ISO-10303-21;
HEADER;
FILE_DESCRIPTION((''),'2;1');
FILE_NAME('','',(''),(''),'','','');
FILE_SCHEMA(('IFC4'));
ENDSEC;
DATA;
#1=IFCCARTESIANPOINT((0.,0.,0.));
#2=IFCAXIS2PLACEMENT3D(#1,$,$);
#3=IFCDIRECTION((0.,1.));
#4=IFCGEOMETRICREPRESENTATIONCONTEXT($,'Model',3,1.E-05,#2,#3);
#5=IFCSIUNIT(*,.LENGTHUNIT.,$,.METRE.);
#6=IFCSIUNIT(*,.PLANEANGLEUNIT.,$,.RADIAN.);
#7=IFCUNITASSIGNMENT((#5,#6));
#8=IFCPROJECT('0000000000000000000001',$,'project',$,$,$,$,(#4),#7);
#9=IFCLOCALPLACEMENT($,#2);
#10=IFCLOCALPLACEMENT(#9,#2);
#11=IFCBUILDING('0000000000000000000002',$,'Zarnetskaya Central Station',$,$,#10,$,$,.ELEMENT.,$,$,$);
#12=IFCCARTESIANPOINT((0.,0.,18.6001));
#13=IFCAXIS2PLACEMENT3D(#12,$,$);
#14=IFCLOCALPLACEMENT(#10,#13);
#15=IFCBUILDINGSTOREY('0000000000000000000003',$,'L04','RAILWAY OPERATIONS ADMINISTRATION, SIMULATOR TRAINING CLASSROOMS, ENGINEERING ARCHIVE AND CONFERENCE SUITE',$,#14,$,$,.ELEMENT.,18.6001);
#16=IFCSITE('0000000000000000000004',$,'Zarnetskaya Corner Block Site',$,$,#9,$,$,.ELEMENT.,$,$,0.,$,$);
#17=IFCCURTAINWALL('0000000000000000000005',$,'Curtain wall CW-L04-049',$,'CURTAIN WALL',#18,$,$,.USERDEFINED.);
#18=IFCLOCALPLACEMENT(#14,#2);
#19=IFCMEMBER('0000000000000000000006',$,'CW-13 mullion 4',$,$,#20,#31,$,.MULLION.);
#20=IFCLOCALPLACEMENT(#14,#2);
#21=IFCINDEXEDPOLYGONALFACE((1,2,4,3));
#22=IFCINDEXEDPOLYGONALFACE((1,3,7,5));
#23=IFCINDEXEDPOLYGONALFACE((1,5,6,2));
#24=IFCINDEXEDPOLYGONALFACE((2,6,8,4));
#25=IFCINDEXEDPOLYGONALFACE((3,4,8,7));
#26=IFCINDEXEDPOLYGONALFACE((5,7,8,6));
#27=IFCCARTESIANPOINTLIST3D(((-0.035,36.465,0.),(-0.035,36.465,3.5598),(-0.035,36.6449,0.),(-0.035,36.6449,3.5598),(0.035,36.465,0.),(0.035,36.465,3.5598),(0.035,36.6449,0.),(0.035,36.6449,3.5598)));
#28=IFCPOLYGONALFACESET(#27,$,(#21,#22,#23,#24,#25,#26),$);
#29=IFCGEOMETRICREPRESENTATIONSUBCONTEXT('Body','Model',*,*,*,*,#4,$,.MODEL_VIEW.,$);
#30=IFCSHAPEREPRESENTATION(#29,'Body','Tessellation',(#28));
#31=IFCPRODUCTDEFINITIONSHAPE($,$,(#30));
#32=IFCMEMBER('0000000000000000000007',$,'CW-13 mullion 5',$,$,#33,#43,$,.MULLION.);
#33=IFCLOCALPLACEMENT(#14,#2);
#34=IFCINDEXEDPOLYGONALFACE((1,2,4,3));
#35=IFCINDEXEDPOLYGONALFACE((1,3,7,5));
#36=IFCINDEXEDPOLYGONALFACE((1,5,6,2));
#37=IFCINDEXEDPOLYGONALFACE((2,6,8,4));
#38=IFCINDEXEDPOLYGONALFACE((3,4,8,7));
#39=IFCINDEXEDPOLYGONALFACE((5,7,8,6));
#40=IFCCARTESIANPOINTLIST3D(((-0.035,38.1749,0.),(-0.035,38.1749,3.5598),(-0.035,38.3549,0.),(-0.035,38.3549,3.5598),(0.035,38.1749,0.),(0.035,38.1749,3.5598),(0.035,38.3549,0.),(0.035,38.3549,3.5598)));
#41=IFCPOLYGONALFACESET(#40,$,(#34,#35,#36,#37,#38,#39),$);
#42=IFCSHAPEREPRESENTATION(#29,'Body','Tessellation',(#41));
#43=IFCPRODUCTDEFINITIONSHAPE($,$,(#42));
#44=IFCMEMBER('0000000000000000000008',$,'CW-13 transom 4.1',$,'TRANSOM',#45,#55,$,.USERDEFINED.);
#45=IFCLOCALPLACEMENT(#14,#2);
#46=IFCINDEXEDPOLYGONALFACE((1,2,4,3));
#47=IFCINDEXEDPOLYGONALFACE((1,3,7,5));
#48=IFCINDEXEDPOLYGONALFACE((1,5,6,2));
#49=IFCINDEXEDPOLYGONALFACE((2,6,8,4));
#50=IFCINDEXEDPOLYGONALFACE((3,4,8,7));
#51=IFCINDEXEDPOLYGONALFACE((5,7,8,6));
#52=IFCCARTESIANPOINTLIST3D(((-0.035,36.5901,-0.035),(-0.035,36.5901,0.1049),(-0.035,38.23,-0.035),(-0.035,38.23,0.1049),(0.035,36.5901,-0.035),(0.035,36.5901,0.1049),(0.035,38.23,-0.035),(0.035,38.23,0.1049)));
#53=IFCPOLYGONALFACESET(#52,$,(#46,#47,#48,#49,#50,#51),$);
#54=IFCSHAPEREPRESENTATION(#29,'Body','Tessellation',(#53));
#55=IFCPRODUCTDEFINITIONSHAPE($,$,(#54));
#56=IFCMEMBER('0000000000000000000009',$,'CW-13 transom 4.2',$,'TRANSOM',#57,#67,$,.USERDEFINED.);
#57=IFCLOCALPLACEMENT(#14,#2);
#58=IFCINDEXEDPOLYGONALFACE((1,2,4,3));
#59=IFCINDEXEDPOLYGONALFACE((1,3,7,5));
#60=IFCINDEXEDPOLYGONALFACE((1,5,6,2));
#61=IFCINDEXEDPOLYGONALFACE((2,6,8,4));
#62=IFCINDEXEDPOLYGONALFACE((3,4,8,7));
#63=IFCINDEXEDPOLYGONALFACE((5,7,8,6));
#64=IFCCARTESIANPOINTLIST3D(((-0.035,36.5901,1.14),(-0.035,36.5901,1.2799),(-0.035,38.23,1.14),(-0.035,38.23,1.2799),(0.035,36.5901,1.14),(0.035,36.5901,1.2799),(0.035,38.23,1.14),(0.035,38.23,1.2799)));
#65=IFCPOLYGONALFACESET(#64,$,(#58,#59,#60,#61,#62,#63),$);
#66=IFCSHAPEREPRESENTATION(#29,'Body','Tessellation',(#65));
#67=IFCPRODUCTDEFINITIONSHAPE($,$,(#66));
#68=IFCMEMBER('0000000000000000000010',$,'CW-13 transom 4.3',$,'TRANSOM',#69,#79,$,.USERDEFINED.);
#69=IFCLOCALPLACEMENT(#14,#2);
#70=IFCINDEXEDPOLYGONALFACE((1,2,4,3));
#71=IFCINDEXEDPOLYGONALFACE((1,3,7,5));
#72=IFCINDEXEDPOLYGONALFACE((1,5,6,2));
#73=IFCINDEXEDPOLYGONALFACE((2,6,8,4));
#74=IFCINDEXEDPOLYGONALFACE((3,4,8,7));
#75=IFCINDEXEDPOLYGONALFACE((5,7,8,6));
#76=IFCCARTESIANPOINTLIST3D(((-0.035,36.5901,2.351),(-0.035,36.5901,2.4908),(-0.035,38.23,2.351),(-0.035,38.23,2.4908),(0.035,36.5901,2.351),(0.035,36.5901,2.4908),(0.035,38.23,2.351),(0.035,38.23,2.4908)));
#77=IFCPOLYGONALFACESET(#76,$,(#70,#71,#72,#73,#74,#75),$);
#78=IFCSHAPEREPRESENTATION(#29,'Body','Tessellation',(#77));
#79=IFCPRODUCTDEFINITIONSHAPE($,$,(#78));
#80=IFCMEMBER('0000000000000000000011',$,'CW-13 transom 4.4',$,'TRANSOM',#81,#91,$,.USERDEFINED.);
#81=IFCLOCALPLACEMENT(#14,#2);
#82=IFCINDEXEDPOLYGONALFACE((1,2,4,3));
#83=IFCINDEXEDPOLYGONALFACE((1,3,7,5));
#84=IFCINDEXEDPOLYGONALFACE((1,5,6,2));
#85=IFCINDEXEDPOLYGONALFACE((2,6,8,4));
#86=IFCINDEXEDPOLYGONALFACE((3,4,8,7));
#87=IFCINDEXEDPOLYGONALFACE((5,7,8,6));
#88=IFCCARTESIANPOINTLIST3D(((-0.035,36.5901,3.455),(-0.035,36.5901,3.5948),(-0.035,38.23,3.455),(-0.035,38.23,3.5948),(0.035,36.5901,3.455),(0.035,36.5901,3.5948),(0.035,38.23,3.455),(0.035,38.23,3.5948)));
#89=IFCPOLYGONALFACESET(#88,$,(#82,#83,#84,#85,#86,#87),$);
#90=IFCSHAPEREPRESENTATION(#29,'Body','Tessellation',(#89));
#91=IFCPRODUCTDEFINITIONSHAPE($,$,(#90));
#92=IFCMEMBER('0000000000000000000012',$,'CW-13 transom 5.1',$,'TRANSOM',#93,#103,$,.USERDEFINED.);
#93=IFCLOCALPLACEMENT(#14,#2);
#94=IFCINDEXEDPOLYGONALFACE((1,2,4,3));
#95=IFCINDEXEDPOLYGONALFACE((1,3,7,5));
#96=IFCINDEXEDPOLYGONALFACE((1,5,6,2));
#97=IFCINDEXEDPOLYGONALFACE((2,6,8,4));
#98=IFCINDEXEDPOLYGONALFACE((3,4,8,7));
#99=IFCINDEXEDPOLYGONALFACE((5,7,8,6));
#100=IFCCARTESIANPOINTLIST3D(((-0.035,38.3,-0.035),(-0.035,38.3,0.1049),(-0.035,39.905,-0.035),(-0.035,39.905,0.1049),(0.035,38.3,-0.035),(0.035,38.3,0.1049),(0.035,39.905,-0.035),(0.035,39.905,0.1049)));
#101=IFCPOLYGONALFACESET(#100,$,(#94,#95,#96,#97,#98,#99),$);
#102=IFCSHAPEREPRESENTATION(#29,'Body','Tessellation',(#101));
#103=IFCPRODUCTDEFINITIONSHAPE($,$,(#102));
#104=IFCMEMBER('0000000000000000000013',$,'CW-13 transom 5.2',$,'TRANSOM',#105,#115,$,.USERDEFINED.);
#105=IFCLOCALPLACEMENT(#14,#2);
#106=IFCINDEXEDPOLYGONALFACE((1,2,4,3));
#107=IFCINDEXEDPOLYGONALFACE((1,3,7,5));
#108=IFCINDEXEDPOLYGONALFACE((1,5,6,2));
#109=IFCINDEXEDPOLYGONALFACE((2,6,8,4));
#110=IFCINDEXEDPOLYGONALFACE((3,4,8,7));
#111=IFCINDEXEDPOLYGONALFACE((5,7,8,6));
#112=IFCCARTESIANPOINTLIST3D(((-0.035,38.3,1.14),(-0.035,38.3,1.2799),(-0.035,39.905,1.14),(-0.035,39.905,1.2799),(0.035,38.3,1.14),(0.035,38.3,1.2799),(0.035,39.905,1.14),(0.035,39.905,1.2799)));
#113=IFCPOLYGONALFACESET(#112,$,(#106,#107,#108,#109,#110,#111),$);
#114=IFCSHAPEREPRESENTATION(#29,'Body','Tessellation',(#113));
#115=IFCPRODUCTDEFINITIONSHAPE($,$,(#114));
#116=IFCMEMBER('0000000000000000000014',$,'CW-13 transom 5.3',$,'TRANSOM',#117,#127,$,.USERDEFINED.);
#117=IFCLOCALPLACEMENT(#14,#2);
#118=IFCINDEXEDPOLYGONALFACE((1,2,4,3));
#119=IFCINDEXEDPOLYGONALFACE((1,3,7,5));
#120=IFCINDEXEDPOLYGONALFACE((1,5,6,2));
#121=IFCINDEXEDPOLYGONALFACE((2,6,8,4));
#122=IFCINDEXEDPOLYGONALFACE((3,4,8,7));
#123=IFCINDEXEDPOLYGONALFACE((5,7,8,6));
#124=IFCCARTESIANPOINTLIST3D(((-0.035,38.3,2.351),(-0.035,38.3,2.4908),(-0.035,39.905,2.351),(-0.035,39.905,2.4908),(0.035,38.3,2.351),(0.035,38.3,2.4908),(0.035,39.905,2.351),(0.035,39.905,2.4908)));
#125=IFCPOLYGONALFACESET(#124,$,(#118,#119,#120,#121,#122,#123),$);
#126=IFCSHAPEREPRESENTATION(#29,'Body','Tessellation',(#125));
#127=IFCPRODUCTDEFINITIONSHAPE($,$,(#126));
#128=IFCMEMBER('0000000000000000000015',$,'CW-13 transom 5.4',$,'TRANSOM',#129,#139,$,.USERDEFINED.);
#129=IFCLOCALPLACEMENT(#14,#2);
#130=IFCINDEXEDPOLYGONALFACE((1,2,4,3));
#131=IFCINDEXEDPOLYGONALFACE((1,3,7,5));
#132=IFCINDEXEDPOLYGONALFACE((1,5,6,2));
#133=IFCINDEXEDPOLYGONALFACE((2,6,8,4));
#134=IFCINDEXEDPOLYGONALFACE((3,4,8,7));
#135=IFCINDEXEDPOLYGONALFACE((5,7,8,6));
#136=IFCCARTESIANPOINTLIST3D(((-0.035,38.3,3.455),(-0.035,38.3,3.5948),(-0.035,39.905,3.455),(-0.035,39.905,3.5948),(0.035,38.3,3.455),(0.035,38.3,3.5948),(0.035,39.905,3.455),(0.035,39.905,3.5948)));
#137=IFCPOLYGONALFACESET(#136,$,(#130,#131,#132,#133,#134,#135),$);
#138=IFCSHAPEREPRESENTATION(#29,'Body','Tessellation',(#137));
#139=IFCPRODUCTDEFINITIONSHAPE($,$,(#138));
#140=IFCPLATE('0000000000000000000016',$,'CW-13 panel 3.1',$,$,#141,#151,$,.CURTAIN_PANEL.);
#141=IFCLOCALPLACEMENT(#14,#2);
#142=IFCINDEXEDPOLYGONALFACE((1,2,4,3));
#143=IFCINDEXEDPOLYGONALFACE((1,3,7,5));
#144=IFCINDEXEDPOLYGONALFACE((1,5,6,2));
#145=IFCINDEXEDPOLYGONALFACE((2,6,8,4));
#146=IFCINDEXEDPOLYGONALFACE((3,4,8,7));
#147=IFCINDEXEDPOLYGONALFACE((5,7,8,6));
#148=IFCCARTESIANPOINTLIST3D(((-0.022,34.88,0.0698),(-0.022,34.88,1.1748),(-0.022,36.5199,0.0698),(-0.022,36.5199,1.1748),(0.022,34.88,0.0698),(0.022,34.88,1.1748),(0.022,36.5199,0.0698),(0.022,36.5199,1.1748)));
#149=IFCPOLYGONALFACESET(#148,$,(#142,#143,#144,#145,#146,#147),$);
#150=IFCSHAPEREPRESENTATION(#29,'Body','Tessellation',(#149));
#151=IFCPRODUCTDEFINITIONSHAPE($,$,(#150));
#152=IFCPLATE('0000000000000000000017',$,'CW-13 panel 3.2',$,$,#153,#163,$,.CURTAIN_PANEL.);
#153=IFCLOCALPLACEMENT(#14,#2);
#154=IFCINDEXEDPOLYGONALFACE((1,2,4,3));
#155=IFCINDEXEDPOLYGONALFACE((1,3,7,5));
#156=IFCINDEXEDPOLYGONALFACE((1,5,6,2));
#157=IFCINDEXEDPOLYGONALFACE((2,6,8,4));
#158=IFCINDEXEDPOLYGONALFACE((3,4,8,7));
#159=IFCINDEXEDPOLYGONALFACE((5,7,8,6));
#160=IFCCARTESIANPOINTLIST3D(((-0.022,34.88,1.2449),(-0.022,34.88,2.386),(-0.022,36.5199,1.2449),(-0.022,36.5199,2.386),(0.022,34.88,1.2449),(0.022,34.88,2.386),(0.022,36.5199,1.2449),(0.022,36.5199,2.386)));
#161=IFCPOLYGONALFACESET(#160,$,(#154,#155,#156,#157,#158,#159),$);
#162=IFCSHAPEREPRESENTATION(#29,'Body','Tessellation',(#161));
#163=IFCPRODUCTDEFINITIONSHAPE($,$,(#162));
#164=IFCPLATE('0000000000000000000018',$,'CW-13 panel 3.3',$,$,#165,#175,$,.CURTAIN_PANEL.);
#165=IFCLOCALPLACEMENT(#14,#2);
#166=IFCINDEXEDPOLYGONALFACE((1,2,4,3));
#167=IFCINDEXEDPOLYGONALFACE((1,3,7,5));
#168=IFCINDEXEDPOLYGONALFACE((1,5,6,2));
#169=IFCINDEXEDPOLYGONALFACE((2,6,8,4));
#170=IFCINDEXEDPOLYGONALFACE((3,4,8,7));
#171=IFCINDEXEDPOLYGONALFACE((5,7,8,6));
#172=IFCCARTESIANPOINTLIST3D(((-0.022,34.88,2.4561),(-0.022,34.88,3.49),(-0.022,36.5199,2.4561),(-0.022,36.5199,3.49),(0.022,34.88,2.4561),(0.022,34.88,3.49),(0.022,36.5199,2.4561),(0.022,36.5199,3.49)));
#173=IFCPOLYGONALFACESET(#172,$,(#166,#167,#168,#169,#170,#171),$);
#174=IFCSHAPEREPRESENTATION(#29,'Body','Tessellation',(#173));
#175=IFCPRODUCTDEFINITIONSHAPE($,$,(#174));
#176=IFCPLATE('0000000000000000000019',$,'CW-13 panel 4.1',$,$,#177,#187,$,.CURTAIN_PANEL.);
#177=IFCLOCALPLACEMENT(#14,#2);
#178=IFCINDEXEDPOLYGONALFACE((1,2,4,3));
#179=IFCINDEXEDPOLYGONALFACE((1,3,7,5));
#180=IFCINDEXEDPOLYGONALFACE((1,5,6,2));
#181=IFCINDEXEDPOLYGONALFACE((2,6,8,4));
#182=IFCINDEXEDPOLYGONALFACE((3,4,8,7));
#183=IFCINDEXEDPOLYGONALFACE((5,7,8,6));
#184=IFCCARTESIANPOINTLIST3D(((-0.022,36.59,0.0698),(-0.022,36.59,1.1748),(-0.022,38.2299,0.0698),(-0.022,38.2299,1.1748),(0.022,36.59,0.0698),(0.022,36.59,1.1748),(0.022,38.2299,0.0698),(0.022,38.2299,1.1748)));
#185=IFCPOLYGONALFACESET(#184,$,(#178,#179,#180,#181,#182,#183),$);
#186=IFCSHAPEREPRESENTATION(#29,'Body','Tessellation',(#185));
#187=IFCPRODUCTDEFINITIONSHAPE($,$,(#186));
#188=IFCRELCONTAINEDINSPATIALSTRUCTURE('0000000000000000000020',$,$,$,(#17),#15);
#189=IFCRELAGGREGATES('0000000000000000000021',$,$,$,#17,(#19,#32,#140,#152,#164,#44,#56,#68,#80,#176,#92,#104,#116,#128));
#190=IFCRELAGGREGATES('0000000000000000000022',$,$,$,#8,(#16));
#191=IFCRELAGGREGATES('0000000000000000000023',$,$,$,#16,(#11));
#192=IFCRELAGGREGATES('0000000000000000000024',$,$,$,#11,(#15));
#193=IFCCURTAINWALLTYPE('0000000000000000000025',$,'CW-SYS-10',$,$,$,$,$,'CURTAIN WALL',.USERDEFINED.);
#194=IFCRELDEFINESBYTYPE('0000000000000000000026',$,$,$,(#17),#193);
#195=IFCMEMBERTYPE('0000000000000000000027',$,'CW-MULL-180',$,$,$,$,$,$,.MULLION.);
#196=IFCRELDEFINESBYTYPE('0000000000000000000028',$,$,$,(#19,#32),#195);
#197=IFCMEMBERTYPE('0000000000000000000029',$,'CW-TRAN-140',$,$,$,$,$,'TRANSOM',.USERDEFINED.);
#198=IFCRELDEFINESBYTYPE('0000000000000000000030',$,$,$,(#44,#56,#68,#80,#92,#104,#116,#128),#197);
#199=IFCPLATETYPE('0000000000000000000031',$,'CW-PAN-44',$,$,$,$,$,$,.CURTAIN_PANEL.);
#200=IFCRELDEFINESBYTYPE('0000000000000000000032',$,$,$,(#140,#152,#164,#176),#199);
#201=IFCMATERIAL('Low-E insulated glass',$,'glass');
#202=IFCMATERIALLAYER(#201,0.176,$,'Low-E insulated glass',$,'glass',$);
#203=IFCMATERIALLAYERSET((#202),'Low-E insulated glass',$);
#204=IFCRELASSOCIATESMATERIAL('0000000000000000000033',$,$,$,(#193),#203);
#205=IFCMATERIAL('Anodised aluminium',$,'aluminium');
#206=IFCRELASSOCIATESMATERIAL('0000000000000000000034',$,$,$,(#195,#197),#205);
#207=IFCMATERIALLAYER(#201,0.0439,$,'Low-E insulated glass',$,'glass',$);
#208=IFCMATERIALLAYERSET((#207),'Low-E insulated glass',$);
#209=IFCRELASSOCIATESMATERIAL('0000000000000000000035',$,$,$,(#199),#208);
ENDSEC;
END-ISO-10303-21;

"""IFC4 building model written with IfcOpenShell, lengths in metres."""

from ifc_helpers import new_model, si_unit, direction, frame, origin, origin_2d, place, context, subcontext, project, spatial, rectangle, extrude, material, layer, layer_set, material_profile, profile_set, type_object, element, aggregate, save


model = new_model("IFC4")

# Units and contexts
model_context = context("Model", 3, precision=1e-05, world=origin(), true_north=direction((0.0, 1.0)))
body_context = subcontext(model_context, "Body", "Model", "MODEL_VIEW")
ifc_project = project(units=[si_unit("LENGTHUNIT", "METRE"), si_unit("PLANEANGLEUNIT", "RADIAN")], contexts=[model_context])

# Site, building, storey
site_placement = place(None, origin())
site = spatial("IfcSite", under=ifc_project, at=site_placement, Name="Zarnetskaya Corner Block Site", CompositionType="ELEMENT", RefElevation=0.0)
building_placement = place(site_placement, origin())
building = spatial("IfcBuilding", under=site, at=building_placement, Name="Zarnetskaya Central Station", CompositionType="ELEMENT")
storey_placement = place(building_placement, frame((0.0, 0.0, 18.6001)))
storey = spatial("IfcBuildingStorey", under=building, at=storey_placement, Name="L04", Description="RAILWAY OPERATIONS ADMINISTRATION, SIMULATOR TRAINING CLASSROOMS, ENGINEERING ARCHIVE AND CONFERENCE SUITE", CompositionType="ELEMENT", Elevation=18.6001)

# Curtain wall, members, plates
ifc_material_1 = material(Name="Low-E insulated glass", Category="glass")
ifc_layer_1 = layer(ifc_material_1, 0.176, Name="Low-E insulated glass", Category="glass")
ifc_layer_set_1 = layer_set([ifc_layer_1], Name="Low-E insulated glass")
curtain_wall_type = type_object("IfcCurtainWallType", Name="CW-SYS-10", ElementType="CURTAIN WALL", PredefinedType="USERDEFINED", material=ifc_layer_set_1)
curtain_wall_placement = place(storey_placement, origin())
curtain_wall = element("IfcCurtainWall", 1, at=curtain_wall_placement, inside=storey, type_object=curtain_wall_type, Name="Curtain wall CW-L04-049", ObjectType="CURTAIN WALL", PredefinedType="USERDEFINED")
ifc_material_2 = material(Name="Anodised aluminium", Category="aluminium")
ifc_material_profile_1 = material_profile(ifc_material_2, rectangle(XDim=0.0701, YDim=0.1799, at=origin_2d()), Name="ALU MULL 70x180")
ifc_profile_set_1 = profile_set([ifc_material_profile_1], Name="Anodised aluminium")
member_type_1 = type_object("IfcMemberType", Name="CW-MULL-180", PredefinedType="MULLION", material=ifc_profile_set_1)
member_1_placement = place(storey_placement, frame((0.0, 36.5549, 0.0), z_axis=(0.0, 0.0, 1.0), x_axis=(-1.0, 0.0, 0.0)))
member_1 = element("IfcMember", 2, at=member_1_placement, type_object=member_type_1, Name="CW-13 mullion 4", PredefinedType="MULLION", context=body_context, shape_type="SweptSolid", body=[
    extrude(rectangle(XDim=0.0701, YDim=0.1799, at=origin_2d()), origin(), (0.0, 0.0, 1.0), 3.5598),
])
member_2_placement = place(storey_placement, frame((0.0, 38.2649, 0.0), z_axis=(0.0, 0.0, 1.0), x_axis=(-1.0, 0.0, 0.0)))
member_2 = element("IfcMember", 3, at=member_2_placement, type_object=member_type_1, Name="CW-13 mullion 5", PredefinedType="MULLION", context=body_context, shape_type="SweptSolid", body=[
    extrude(rectangle(XDim=0.0701, YDim=0.1799, at=origin_2d()), origin(), (0.0, 0.0, 1.0), 3.5598),
])
ifc_material_profile_2 = material_profile(ifc_material_2, rectangle(XDim=0.0701, YDim=0.1399, at=origin_2d()), Name="ALU TRAN 70x140")
ifc_profile_set_2 = profile_set([ifc_material_profile_2], Name="Anodised aluminium")
member_type_2 = type_object("IfcMemberType", Name="CW-TRAN-140", ElementType="TRANSOM", PredefinedType="USERDEFINED", material=ifc_profile_set_2)
member_3_placement = place(storey_placement, frame((0.0, 36.5901, 0.0349), z_axis=(0.0, 1.0, 0.0), x_axis=(-1.0, 0.0, 0.0)))
member_3 = element("IfcMember", 4, at=member_3_placement, type_object=member_type_2, Name="CW-13 transom 4.1", ObjectType="TRANSOM", PredefinedType="USERDEFINED", context=body_context, shape_type="SweptSolid", body=[
    extrude(rectangle(XDim=0.0701, YDim=0.1399, at=origin_2d()), origin(), (0.0, 0.0, 1.0), 1.6399),
])
member_4_placement = place(storey_placement, frame((0.0, 36.5901, 1.21), z_axis=(0.0, 1.0, 0.0), x_axis=(-1.0, 0.0, 0.0)))
member_4 = element("IfcMember", 5, at=member_4_placement, type_object=member_type_2, Name="CW-13 transom 4.2", ObjectType="TRANSOM", PredefinedType="USERDEFINED", context=body_context, shape_type="SweptSolid", body=[
    extrude(rectangle(XDim=0.0701, YDim=0.1399, at=origin_2d()), origin(), (0.0, 0.0, 1.0), 1.6399),
])
member_5_placement = place(storey_placement, frame((0.0, 36.5901, 2.4209), z_axis=(0.0, 1.0, 0.0), x_axis=(-1.0, 0.0, 0.0)))
member_5 = element("IfcMember", 6, at=member_5_placement, type_object=member_type_2, Name="CW-13 transom 4.3", ObjectType="TRANSOM", PredefinedType="USERDEFINED", context=body_context, shape_type="SweptSolid", body=[
    extrude(rectangle(XDim=0.0701, YDim=0.1399, at=origin_2d()), origin(), (0.0, 0.0, 1.0), 1.6399),
])
member_6_placement = place(storey_placement, frame((0.0, 36.5901, 3.5249), z_axis=(0.0, 1.0, 0.0), x_axis=(-1.0, 0.0, 0.0)))
member_6 = element("IfcMember", 7, at=member_6_placement, type_object=member_type_2, Name="CW-13 transom 4.4", ObjectType="TRANSOM", PredefinedType="USERDEFINED", context=body_context, shape_type="SweptSolid", body=[
    extrude(rectangle(XDim=0.0701, YDim=0.1399, at=origin_2d()), origin(), (0.0, 0.0, 1.0), 1.6399),
])
member_7_placement = place(storey_placement, frame((0.0, 38.3, 0.0349), z_axis=(0.0, 1.0, 0.0), x_axis=(-1.0, 0.0, 0.0)))
member_7 = element("IfcMember", 8, at=member_7_placement, type_object=member_type_2, Name="CW-13 transom 5.1", ObjectType="TRANSOM", PredefinedType="USERDEFINED", context=body_context, shape_type="SweptSolid", body=[
    extrude(rectangle(XDim=0.0701, YDim=0.1399, at=origin_2d()), origin(), (0.0, 0.0, 1.0), 1.605),
])
member_8_placement = place(storey_placement, frame((0.0, 38.3, 1.21), z_axis=(0.0, 1.0, 0.0), x_axis=(-1.0, 0.0, 0.0)))
member_8 = element("IfcMember", 9, at=member_8_placement, type_object=member_type_2, Name="CW-13 transom 5.2", ObjectType="TRANSOM", PredefinedType="USERDEFINED", context=body_context, shape_type="SweptSolid", body=[
    extrude(rectangle(XDim=0.0701, YDim=0.1399, at=origin_2d()), origin(), (0.0, 0.0, 1.0), 1.605),
])
member_9_placement = place(storey_placement, frame((0.0, 38.3, 2.4209), z_axis=(0.0, 1.0, 0.0), x_axis=(-1.0, 0.0, 0.0)))
member_9 = element("IfcMember", 10, at=member_9_placement, type_object=member_type_2, Name="CW-13 transom 5.3", ObjectType="TRANSOM", PredefinedType="USERDEFINED", context=body_context, shape_type="SweptSolid", body=[
    extrude(rectangle(XDim=0.0701, YDim=0.1399, at=origin_2d()), origin(), (0.0, 0.0, 1.0), 1.605),
])
member_10_placement = place(storey_placement, frame((0.0, 38.3, 3.5249), z_axis=(0.0, 1.0, 0.0), x_axis=(-1.0, 0.0, 0.0)))
member_10 = element("IfcMember", 11, at=member_10_placement, type_object=member_type_2, Name="CW-13 transom 5.4", ObjectType="TRANSOM", PredefinedType="USERDEFINED", context=body_context, shape_type="SweptSolid", body=[
    extrude(rectangle(XDim=0.0701, YDim=0.1399, at=origin_2d()), origin(), (0.0, 0.0, 1.0), 1.605),
])
ifc_layer_2 = layer(ifc_material_1, 0.0439, Name="Low-E insulated glass", Category="glass")
ifc_layer_set_2 = layer_set([ifc_layer_2], Name="Low-E insulated glass")
plate_type = type_object("IfcPlateType", Name="CW-PAN-44", PredefinedType="CURTAIN_PANEL", material=ifc_layer_set_2)
plate_1_placement = place(storey_placement, frame((0.0, 35.7, 0.0698), z_axis=(0.0, 0.0, 1.0), x_axis=(0.0, 1.0, 0.0)))
plate_1 = element("IfcPlate", 12, at=plate_1_placement, type_object=plate_type, Name="CW-13 panel 3.1", PredefinedType="CURTAIN_PANEL", context=body_context, shape_type="SweptSolid", body=[
    extrude(rectangle(XDim=1.6399, YDim=0.0439, at=origin_2d()), origin(), (0.0, 0.0, 1.0), 1.105),
])
plate_2_placement = place(storey_placement, frame((0.0, 35.7, 1.2449), z_axis=(0.0, 0.0, 1.0), x_axis=(0.0, 1.0, 0.0)))
plate_2 = element("IfcPlate", 13, at=plate_2_placement, type_object=plate_type, Name="CW-13 panel 3.2", PredefinedType="CURTAIN_PANEL", context=body_context, shape_type="SweptSolid", body=[
    extrude(rectangle(XDim=1.6399, YDim=0.0439, at=origin_2d()), origin(), (0.0, 0.0, 1.0), 1.1411),
])
plate_3_placement = place(storey_placement, frame((0.0, 35.7, 2.4561), z_axis=(0.0, 0.0, 1.0), x_axis=(0.0, 1.0, 0.0)))
plate_3 = element("IfcPlate", 14, at=plate_3_placement, type_object=plate_type, Name="CW-13 panel 3.3", PredefinedType="CURTAIN_PANEL", context=body_context, shape_type="SweptSolid", body=[
    extrude(rectangle(XDim=1.6399, YDim=0.0439, at=origin_2d()), origin(), (0.0, 0.0, 1.0), 1.0339),
])
plate_4_placement = place(storey_placement, frame((0.0, 37.4099, 0.0698), z_axis=(0.0, 0.0, 1.0), x_axis=(0.0, 1.0, 0.0)))
plate_4 = element("IfcPlate", 15, at=plate_4_placement, type_object=plate_type, Name="CW-13 panel 4.1", PredefinedType="CURTAIN_PANEL", context=body_context, shape_type="SweptSolid", body=[
    extrude(rectangle(XDim=1.6399, YDim=0.0439, at=origin_2d()), origin(), (0.0, 0.0, 1.0), 1.105),
])
aggregate(curtain_wall, [member_1, member_2, plate_1, plate_2, plate_3, member_3, member_4, member_5, member_6, plate_4, member_7, member_8, member_9, member_10])

save(model, "model.ifc")
